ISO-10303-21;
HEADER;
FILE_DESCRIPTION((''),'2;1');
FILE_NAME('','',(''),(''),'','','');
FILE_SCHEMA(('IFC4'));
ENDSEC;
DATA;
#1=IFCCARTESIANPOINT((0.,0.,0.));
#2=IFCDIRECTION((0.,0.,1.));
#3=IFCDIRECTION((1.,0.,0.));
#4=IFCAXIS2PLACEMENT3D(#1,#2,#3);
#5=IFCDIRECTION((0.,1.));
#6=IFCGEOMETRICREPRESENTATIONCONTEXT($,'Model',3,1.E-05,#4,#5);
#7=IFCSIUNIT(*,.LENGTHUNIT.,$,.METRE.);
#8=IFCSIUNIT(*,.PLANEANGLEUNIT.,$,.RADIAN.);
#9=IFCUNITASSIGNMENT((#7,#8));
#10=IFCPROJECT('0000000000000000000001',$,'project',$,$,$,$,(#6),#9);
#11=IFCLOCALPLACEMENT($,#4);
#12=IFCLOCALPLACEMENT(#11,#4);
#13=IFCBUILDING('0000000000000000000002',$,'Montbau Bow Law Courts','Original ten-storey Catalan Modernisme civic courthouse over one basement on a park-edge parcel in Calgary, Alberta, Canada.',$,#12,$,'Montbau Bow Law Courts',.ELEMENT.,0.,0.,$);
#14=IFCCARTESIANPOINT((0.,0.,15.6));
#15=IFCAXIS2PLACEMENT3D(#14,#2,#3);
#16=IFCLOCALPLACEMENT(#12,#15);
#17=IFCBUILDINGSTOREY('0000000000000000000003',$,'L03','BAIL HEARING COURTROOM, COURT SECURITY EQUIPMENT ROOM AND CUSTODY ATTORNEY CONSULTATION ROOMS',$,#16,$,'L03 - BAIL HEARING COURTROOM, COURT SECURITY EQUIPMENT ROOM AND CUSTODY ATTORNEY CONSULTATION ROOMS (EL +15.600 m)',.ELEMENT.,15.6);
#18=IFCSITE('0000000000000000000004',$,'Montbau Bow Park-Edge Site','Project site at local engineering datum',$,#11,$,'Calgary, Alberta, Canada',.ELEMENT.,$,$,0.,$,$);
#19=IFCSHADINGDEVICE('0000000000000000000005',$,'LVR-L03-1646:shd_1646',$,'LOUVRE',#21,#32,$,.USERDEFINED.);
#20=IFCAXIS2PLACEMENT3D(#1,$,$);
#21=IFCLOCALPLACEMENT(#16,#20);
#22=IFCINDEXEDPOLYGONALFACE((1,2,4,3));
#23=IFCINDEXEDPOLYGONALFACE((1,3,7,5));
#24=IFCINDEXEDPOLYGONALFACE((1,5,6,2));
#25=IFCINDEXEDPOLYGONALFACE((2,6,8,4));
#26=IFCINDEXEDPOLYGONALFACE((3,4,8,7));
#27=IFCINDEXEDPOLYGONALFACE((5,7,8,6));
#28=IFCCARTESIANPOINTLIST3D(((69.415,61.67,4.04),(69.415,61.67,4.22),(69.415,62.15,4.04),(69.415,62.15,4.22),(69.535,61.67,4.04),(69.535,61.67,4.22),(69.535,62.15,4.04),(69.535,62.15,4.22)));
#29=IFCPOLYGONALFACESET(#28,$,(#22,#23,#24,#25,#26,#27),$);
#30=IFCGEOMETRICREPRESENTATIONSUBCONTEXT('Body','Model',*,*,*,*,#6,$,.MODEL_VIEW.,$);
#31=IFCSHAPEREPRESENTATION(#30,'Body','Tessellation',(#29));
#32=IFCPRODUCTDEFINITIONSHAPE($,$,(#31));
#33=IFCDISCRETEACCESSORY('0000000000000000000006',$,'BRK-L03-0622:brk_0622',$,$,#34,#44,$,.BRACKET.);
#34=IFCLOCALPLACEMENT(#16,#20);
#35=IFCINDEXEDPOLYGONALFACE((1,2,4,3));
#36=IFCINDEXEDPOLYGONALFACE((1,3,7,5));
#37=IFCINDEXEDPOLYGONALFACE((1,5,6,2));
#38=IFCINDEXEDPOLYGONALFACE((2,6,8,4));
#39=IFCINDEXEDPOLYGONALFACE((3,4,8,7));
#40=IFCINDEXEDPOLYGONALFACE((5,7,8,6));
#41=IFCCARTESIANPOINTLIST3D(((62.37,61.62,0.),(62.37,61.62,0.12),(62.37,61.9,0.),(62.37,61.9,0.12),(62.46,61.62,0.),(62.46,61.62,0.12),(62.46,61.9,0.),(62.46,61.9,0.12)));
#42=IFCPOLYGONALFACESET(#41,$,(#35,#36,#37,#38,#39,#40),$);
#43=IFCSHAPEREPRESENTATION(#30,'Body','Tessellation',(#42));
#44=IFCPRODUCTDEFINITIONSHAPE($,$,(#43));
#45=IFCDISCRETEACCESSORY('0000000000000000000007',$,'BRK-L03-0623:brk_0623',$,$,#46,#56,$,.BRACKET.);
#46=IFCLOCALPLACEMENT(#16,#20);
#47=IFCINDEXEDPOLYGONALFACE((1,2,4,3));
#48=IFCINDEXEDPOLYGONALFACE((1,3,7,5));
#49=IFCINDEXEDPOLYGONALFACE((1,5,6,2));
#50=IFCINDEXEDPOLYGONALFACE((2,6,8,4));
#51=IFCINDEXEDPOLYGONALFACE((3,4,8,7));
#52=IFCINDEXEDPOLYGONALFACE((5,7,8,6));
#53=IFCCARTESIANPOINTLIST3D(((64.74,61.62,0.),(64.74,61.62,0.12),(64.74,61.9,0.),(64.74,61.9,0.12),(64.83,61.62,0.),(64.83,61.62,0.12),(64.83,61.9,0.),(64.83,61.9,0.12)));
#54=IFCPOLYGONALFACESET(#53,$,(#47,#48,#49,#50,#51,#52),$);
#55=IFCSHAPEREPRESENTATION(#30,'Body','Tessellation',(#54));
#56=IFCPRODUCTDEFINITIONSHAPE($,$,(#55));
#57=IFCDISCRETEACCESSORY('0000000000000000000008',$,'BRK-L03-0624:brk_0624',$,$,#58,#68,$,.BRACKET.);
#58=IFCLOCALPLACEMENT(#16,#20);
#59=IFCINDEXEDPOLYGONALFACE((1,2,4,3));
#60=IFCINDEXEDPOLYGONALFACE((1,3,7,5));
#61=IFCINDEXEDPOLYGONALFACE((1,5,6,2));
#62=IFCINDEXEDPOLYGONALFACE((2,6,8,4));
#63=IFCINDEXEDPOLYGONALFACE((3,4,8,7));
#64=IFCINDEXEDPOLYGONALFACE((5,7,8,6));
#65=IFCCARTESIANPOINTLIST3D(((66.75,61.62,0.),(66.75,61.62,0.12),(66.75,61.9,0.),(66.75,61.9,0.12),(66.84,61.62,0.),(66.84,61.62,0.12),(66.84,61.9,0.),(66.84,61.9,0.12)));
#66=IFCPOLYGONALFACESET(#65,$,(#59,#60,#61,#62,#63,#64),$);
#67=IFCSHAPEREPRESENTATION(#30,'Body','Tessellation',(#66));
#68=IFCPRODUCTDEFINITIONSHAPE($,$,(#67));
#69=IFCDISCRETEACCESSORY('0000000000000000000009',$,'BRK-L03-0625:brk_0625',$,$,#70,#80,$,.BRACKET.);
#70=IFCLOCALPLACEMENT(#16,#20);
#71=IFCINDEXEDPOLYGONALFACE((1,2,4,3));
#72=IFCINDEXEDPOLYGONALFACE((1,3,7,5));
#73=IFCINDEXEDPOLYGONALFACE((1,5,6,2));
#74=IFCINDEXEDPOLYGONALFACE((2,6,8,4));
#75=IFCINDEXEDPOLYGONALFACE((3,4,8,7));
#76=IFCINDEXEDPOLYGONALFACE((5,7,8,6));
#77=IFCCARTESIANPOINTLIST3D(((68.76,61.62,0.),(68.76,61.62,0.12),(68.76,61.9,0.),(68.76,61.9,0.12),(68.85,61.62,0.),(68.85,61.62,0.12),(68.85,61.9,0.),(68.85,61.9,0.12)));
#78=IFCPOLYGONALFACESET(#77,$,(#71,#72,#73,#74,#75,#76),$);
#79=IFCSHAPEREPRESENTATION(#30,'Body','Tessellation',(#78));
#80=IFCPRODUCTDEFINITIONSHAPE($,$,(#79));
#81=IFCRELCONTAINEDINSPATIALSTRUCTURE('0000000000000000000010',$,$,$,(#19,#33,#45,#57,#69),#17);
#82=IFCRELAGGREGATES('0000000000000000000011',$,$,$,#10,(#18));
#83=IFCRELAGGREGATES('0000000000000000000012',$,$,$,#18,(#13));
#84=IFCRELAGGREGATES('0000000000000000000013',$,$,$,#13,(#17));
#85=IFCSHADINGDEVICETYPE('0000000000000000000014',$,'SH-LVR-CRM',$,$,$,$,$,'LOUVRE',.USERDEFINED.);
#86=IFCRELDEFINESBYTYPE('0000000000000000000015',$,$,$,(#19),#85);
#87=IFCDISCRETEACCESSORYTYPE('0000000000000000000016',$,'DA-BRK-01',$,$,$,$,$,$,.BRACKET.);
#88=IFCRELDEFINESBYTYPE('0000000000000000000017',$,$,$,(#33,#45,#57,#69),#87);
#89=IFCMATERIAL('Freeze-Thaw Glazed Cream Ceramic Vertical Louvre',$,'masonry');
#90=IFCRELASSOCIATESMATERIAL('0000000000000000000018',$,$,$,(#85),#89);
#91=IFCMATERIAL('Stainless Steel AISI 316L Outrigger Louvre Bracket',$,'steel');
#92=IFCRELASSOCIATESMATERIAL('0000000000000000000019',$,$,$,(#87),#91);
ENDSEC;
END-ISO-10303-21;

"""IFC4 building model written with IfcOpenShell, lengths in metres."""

from ifc_helpers import new_model, si_unit, direction, frame, origin_with_axes, origin_2d_with_axis, place, context, subcontext, project, spatial, rectangle, extrude, material, type_object, element, save


model = new_model("IFC4")

# Units and contexts
model_context = context("Model", 3, precision=1e-05, world=origin_with_axes(), true_north=direction((0.0, 1.0)))
body_context = subcontext(model_context, "Body", "Model", "MODEL_VIEW")
ifc_project = project(units=[si_unit("LENGTHUNIT", "METRE"), si_unit("PLANEANGLEUNIT", "RADIAN")], contexts=[model_context])

# Site, building, storey
site_placement = place(None, origin_with_axes())
site = spatial("IfcSite", under=ifc_project, at=site_placement, Name="Montbau Bow Park-Edge Site", Description="Project site at local engineering datum", LongName="Calgary, Alberta, Canada", CompositionType="ELEMENT", RefElevation=0.0)
building_placement = place(site_placement, origin_with_axes())
building = spatial("IfcBuilding", under=site, at=building_placement, Name="Montbau Bow Law Courts", Description="Original ten-storey Catalan Modernisme civic courthouse over one basement on a park-edge parcel in Calgary, Alberta, Canada.", LongName="Montbau Bow Law Courts", CompositionType="ELEMENT", ElevationOfRefHeight=0.0, ElevationOfTerrain=0.0)
storey_placement = place(building_placement, frame((0.0, 0.0, 15.6), z_axis=(0.0, 0.0, 1.0), x_axis=(1.0, 0.0, 0.0)))
storey = spatial("IfcBuildingStorey", under=building, at=storey_placement, Name="L03", Description="BAIL HEARING COURTROOM, COURT SECURITY EQUIPMENT ROOM AND CUSTODY ATTORNEY CONSULTATION ROOMS", LongName="L03 - BAIL HEARING COURTROOM, COURT SECURITY EQUIPMENT ROOM AND CUSTODY ATTORNEY CONSULTATION ROOMS (EL +15.600 m)", CompositionType="ELEMENT", Elevation=15.6)

# Shading device
ifc_material_1 = material(Name="Freeze-Thaw Glazed Cream Ceramic Vertical Louvre", Category="masonry")
shading_device_type = type_object("IfcShadingDeviceType", Name="SH-LVR-CRM", ElementType="LOUVRE", PredefinedType="USERDEFINED", material=ifc_material_1)
for number, where, z_axis, x_axis, name in (
    (1, (69.475, 61.91, 19.64), (0.0, 0.0, 1.0), (0.0, 1.0, 0.0), "LVR-L03-1646:shd_1646"),
):
    element("IfcShadingDevice", number, at=place(None, frame(where, z_axis=z_axis, x_axis=x_axis)), inside=storey, type_object=shading_device_type, Name=name, ObjectType="LOUVRE", PredefinedType="USERDEFINED", context=body_context, shape_type="SweptSolid", body=[
        extrude(rectangle(XDim=0.48, YDim=0.12, at=origin_2d_with_axis()), origin_with_axes(), (0.0, 0.0, 1.0), 0.18),
    ])

# Discrete accessories
ifc_material_2 = material(Name="Stainless Steel AISI 316L Outrigger Louvre Bracket", Category="steel")
discrete_accessory_type = type_object("IfcDiscreteAccessoryType", Name="DA-BRK-01", PredefinedType="BRACKET", material=ifc_material_2)
for number, where, z_axis, x_axis, name in (
    (2, (62.415, 61.76, 15.6), (0.0, 0.0, 1.0), (0.0, 1.0, 0.0), "BRK-L03-0622:brk_0622"),
    (3, (64.785, 61.76, 15.6), (0.0, 0.0, 1.0), (0.0, 1.0, 0.0), "BRK-L03-0623:brk_0623"),
    (4, (66.795, 61.76, 15.6), (0.0, 0.0, 1.0), (0.0, 1.0, 0.0), "BRK-L03-0624:brk_0624"),
    (5, (68.805, 61.76, 15.6), (0.0, 0.0, 1.0), (0.0, 1.0, 0.0), "BRK-L03-0625:brk_0625"),
):
    element("IfcDiscreteAccessory", number, at=place(None, frame(where, z_axis=z_axis, x_axis=x_axis)), inside=storey, type_object=discrete_accessory_type, Name=name, PredefinedType="BRACKET", context=body_context, shape_type="SweptSolid", body=[
        extrude(rectangle(XDim=0.28, YDim=0.09, at=origin_2d_with_axis()), origin_with_axes(), (0.0, 0.0, 1.0), 0.12),
    ])

save(model, "model.ifc")
